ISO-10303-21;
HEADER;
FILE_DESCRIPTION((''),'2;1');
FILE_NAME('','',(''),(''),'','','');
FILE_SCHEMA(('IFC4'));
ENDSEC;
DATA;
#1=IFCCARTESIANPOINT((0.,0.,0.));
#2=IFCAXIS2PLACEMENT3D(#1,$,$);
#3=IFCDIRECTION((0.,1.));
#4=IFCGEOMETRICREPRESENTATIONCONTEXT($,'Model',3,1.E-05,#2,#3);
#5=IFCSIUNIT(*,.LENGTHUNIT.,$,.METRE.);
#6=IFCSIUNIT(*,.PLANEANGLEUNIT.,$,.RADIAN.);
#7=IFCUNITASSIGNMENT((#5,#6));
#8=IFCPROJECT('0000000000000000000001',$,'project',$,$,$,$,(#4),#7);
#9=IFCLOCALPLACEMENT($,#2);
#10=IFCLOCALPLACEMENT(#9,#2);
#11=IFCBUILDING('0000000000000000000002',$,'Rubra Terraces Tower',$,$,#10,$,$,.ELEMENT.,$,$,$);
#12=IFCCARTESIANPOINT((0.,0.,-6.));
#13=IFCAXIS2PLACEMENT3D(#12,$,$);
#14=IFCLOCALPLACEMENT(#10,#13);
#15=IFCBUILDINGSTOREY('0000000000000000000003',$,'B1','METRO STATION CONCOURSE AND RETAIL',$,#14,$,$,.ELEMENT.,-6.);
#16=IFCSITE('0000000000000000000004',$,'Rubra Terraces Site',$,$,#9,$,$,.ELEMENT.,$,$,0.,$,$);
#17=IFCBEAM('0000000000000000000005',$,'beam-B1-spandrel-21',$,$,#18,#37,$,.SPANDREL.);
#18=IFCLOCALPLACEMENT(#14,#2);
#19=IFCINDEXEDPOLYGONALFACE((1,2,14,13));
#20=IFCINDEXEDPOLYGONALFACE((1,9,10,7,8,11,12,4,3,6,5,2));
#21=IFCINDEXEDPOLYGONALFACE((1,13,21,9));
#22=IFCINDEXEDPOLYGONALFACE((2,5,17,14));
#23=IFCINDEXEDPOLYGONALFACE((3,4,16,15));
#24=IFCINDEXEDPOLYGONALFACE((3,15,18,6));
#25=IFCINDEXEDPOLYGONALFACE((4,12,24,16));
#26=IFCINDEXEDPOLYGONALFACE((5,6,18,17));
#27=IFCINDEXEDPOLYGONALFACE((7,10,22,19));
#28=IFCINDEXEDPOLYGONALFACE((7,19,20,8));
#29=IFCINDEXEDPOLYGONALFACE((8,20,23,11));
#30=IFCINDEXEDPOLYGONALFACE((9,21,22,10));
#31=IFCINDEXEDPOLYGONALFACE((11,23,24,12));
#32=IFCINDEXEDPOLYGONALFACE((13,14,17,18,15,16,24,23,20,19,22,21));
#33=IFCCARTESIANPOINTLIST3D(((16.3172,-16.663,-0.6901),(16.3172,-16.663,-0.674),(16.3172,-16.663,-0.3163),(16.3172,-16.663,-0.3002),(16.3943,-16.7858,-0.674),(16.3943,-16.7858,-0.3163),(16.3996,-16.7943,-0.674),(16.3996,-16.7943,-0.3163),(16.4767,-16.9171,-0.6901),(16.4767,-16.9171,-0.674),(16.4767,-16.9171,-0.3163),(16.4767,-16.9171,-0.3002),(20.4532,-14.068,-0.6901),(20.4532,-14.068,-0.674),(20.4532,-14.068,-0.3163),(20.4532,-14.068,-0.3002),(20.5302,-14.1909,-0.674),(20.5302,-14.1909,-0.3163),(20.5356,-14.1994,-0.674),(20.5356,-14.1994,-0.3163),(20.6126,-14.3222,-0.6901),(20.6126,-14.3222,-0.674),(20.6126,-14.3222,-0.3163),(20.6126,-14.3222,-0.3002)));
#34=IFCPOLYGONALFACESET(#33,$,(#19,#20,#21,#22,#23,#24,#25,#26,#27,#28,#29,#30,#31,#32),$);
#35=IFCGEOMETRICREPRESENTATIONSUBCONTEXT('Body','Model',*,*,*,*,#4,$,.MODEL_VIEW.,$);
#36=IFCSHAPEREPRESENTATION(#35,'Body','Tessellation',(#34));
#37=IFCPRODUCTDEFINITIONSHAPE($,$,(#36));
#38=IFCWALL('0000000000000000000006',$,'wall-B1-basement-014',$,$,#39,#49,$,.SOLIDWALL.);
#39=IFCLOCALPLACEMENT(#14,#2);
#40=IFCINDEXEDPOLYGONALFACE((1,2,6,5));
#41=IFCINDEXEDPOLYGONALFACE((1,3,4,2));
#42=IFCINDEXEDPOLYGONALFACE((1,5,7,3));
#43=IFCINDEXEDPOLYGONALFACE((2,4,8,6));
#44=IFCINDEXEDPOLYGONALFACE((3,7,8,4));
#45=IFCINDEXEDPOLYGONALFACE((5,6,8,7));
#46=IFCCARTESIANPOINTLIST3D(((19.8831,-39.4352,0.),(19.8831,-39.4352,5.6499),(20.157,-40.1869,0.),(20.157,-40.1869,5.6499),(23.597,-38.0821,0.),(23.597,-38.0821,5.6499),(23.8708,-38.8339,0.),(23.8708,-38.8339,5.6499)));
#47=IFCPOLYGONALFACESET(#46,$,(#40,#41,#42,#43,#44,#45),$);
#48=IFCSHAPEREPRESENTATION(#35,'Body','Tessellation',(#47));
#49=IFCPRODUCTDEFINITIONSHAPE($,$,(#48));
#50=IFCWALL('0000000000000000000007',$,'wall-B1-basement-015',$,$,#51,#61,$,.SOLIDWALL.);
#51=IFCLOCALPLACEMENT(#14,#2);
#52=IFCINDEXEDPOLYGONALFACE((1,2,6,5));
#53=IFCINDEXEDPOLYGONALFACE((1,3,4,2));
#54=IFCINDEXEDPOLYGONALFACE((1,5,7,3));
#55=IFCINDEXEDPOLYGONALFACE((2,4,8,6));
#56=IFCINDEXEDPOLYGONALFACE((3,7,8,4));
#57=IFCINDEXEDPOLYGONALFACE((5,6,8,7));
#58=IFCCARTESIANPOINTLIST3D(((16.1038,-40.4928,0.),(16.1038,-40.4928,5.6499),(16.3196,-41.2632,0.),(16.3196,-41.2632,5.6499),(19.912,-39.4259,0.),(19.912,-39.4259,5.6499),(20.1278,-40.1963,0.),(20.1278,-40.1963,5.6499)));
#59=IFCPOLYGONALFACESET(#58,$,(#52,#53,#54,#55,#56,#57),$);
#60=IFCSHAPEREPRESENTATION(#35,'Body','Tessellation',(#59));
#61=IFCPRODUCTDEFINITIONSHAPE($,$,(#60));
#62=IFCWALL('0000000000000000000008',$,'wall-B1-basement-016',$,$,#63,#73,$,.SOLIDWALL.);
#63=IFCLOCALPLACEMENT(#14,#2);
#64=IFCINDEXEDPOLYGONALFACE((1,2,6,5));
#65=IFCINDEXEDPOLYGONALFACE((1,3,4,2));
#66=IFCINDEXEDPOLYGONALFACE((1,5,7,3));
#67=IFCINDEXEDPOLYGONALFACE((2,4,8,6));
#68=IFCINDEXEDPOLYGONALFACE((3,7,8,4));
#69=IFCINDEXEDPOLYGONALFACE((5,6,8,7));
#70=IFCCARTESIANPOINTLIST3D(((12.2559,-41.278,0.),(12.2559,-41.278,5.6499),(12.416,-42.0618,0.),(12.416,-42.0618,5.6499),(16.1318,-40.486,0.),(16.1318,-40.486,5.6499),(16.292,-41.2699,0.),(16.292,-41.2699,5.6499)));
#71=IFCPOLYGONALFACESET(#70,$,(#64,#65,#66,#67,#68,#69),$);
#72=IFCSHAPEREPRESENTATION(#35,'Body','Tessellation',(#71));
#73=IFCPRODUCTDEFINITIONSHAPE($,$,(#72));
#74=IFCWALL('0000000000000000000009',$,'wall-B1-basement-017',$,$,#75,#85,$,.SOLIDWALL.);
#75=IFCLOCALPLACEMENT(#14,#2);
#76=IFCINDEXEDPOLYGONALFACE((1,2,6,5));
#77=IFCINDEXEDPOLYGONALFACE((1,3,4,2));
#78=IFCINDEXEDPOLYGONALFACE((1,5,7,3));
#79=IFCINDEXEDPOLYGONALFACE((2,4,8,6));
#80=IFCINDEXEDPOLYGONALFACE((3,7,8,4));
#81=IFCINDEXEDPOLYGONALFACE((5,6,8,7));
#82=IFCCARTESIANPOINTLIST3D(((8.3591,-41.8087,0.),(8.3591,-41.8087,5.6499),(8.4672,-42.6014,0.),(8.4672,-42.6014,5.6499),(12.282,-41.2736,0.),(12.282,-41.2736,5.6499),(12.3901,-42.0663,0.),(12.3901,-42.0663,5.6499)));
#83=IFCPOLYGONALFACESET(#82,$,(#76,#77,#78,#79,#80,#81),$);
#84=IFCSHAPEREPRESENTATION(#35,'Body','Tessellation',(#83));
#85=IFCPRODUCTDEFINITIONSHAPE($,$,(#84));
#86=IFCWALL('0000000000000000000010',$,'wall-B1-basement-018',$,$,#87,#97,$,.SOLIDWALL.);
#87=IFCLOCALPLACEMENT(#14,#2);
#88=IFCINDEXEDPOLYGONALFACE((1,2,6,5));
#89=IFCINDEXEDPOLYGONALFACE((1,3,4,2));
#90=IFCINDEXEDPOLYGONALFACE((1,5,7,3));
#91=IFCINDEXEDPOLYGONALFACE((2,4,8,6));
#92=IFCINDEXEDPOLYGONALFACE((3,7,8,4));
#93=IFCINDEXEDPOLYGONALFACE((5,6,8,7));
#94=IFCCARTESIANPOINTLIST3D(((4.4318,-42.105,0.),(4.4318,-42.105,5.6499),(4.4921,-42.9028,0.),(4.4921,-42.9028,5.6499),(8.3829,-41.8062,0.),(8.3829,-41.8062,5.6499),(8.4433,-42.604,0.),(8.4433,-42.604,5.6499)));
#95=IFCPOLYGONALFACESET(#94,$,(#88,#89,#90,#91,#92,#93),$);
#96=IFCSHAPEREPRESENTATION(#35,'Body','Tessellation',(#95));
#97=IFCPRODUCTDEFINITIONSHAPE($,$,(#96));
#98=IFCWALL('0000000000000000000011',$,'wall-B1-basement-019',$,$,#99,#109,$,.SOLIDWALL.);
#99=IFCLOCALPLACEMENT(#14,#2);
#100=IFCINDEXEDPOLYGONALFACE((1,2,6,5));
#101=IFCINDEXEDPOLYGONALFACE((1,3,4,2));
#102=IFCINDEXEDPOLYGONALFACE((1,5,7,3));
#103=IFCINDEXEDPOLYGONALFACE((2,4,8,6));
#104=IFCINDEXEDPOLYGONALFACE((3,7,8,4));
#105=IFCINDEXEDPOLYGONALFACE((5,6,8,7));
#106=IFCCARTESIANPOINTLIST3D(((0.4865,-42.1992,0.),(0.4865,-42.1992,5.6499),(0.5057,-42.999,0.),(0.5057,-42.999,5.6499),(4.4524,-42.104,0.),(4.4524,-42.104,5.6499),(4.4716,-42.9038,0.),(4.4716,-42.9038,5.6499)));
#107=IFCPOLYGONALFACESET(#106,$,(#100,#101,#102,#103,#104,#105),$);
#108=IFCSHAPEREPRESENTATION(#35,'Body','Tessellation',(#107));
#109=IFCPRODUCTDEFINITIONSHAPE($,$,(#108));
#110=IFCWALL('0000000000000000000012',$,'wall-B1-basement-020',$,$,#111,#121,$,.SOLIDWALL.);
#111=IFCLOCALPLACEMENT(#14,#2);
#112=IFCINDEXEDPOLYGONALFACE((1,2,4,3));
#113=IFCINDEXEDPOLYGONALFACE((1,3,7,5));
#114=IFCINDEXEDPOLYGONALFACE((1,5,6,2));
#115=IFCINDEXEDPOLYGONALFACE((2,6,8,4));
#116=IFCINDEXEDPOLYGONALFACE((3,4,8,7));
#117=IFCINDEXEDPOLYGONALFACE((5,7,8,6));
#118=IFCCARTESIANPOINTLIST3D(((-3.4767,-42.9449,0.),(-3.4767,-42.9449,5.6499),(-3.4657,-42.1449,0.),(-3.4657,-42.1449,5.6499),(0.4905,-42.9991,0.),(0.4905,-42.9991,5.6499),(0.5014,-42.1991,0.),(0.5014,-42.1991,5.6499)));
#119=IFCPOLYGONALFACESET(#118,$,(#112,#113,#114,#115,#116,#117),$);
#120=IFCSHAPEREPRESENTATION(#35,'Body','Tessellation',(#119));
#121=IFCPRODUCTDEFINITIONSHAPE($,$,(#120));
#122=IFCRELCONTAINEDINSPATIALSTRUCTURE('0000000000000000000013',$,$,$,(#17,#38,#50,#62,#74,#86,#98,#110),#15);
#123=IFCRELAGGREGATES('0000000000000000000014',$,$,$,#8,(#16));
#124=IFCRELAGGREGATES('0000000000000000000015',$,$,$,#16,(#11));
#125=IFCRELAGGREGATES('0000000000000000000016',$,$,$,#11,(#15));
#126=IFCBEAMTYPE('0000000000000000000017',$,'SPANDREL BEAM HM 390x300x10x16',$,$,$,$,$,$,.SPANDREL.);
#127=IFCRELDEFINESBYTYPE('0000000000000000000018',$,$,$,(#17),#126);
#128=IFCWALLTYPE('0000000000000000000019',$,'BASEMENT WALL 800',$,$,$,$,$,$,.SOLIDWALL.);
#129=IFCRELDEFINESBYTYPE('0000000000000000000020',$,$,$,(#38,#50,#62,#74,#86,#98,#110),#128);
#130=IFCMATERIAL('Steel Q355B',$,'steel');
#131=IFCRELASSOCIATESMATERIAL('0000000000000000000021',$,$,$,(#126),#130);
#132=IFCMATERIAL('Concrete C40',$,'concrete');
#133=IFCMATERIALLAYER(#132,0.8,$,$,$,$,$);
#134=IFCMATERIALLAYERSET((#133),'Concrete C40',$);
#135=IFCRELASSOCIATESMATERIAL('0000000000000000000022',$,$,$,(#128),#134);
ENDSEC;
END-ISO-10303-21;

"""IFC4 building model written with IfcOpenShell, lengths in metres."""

from ifc_helpers import new_model, si_unit, direction, frame, frame_2d, origin, origin_2d, place, context, subcontext, project, spatial, rectangle, i_section, extrude, material, layer, layer_set, material_profile, profile_set, type_object, element, save


model = new_model("IFC4")

# Units and contexts
model_context = context("Model", 3, precision=1e-05, world=origin(), true_north=direction((0.0, 1.0)))
body_context = subcontext(model_context, "Body", "Model", "MODEL_VIEW")
ifc_project = project(units=[si_unit("LENGTHUNIT", "METRE"), si_unit("PLANEANGLEUNIT", "RADIAN")], contexts=[model_context])

# Site, building, storey
site_placement = place(None, origin())
site = spatial("IfcSite", under=ifc_project, at=site_placement, Name="Rubra Terraces Site", CompositionType="ELEMENT", RefElevation=0.0)
building_placement = place(site_placement, origin())
building = spatial("IfcBuilding", under=site, at=building_placement, Name="Rubra Terraces Tower", CompositionType="ELEMENT")
storey_placement = place(building_placement, frame((0.0, 0.0, -6.0)))
storey = spatial("IfcBuildingStorey", under=building, at=storey_placement, Name="B1", Description="METRO STATION CONCOURSE AND RETAIL", CompositionType="ELEMENT", Elevation=-6.0)

# Beam
ifc_material_1 = material(Name="Steel Q355B", Category="steel")
ifc_material_profile_1 = material_profile(ifc_material_1, i_section(OverallWidth=0.3, OverallDepth=0.3899, WebThickness=0.01, FlangeThickness=0.0161, at=origin_2d()), Name="HM 390x300x10x16")
ifc_profile_set_1 = profile_set([ifc_material_profile_1], Name="Steel Q355B")
beam_type_1 = type_object("IfcBeamType", Name="SPANDREL BEAM HM 390x300x10x16", PredefinedType="SPANDREL", material=ifc_profile_set_1)
beam_1_placement = place(storey_placement, frame((16.397, -16.79, -0.4951), z_axis=(0.847078, 0.531468, 0.0), x_axis=(-0.531468, 0.847078, 0.0)))
element("IfcBeam", 1, at=beam_1_placement, inside=storey, type_object=beam_type_1, Name="beam-B1-spandrel-21", PredefinedType="SPANDREL", context=body_context, shape_type="SweptSolid", body=[
    extrude(i_section(OverallWidth=0.3, OverallDepth=0.3899, WebThickness=0.01, FlangeThickness=0.0161, at=origin_2d()), origin(), (0.0, 0.0, 1.0), 4.8826),
])

# Walls
ifc_material_2 = material(Name="Concrete C40", Category="concrete")
ifc_layer_1 = layer(ifc_material_2, 0.8)
ifc_layer_set_1 = layer_set([ifc_layer_1], Name="Concrete C40")
wall_type_1 = type_object("IfcWallType", Name="BASEMENT WALL 800", PredefinedType="SOLIDWALL", material=ifc_layer_set_1)
wall_1_placement = place(storey_placement, frame((23.7339, -38.458, 0.0), z_axis=(0.0, 0.0, 1.0), x_axis=(-0.939588, -0.342308, 0.0)))
element("IfcWall", 2, at=wall_1_placement, inside=storey, type_object=wall_type_1, Name="wall-B1-basement-014", PredefinedType="SOLIDWALL", context=body_context, shape_type="SweptSolid", body=[
    extrude(rectangle(XDim=3.9526, YDim=0.8, at=frame_2d((1.9763, 0.0))), origin(), (0.0, 0.0, 1.0), 5.6499),
])
wall_2_placement = place(storey_placement, frame((20.02, -39.811, 0.0), z_axis=(0.0, 0.0, 1.0), x_axis=(-0.962923, -0.269776, 0.0)))
element("IfcWall", 3, at=wall_2_placement, inside=storey, type_object=wall_type_1, Name="wall-B1-basement-015", PredefinedType="SOLIDWALL", context=body_context, shape_type="SweptSolid", body=[
    extrude(rectangle(XDim=3.9548, YDim=0.8, at=frame_2d((1.9775, 0.0))), origin(), (0.0, 0.0, 1.0), 5.6499),
])
wall_3_placement = place(storey_placement, frame((16.2119, -40.8779, 0.0), z_axis=(0.0, 0.0, 1.0), x_axis=(-0.979756, -0.200197, 0.0)))
element("IfcWall", 4, at=wall_3_placement, inside=storey, type_object=wall_type_1, Name="wall-B1-basement-016", PredefinedType="SOLIDWALL", context=body_context, shape_type="SweptSolid", body=[
    extrude(rectangle(XDim=3.9561, YDim=0.8, at=frame_2d((1.978, 0.0))), origin(), (0.0, 0.0, 1.0), 5.6499),
])
wall_4_placement = place(storey_placement, frame((12.3359, -41.6699, 0.0), z_axis=(0.0, 0.0, 1.0), x_axis=(-0.990823, -0.135168, 0.0)))
element("IfcWall", 5, at=wall_4_placement, inside=storey, type_object=wall_type_1, Name="wall-B1-basement-017", PredefinedType="SOLIDWALL", context=body_context, shape_type="SweptSolid", body=[
    extrude(rectangle(XDim=3.9592, YDim=0.8, at=frame_2d((1.9795, 0.0))), origin(), (0.0, 0.0, 1.0), 5.6499),
])
wall_5_placement = place(storey_placement, frame((8.4131, -42.2051, 0.0), z_axis=(0.0, 0.0, 1.0), x_axis=(-0.997152, -0.075415, 0.0)))
element("IfcWall", 6, at=wall_5_placement, inside=storey, type_object=wall_type_1, Name="wall-B1-basement-018", PredefinedType="SOLIDWALL", context=body_context, shape_type="SweptSolid", body=[
    extrude(rectangle(XDim=3.9624, YDim=0.8, at=frame_2d((1.9812, 0.0))), origin(), (0.0, 0.0, 1.0), 5.6499),
])
wall_6_placement = place(storey_placement, frame((4.4619, -42.5039, 0.0), z_axis=(0.0, 0.0, 1.0), x_axis=(-0.999712, -0.024002, 0.0)))
element("IfcWall", 7, at=wall_6_placement, inside=storey, type_object=wall_type_1, Name="wall-B1-basement-019", PredefinedType="SOLIDWALL", context=body_context, shape_type="SweptSolid", body=[
    extrude(rectangle(XDim=3.967, YDim=0.8, at=frame_2d((1.9834, 0.0))), origin(), (0.0, 0.0, 1.0), 5.6499),
])
wall_7_placement = place(storey_placement, frame((0.4961, -42.5991, 0.0), z_axis=(0.0, 0.0, 1.0), x_axis=(-0.999907, 0.013661, 0.0)))
element("IfcWall", 8, at=wall_7_placement, inside=storey, type_object=wall_type_1, Name="wall-B1-basement-020", PredefinedType="SOLIDWALL", context=body_context, shape_type="SweptSolid", body=[
    extrude(rectangle(XDim=3.9675, YDim=0.8, at=frame_2d((1.9839, 0.0))), origin(), (0.0, 0.0, 1.0), 5.6499),
])

save(model, "model.ifc")
